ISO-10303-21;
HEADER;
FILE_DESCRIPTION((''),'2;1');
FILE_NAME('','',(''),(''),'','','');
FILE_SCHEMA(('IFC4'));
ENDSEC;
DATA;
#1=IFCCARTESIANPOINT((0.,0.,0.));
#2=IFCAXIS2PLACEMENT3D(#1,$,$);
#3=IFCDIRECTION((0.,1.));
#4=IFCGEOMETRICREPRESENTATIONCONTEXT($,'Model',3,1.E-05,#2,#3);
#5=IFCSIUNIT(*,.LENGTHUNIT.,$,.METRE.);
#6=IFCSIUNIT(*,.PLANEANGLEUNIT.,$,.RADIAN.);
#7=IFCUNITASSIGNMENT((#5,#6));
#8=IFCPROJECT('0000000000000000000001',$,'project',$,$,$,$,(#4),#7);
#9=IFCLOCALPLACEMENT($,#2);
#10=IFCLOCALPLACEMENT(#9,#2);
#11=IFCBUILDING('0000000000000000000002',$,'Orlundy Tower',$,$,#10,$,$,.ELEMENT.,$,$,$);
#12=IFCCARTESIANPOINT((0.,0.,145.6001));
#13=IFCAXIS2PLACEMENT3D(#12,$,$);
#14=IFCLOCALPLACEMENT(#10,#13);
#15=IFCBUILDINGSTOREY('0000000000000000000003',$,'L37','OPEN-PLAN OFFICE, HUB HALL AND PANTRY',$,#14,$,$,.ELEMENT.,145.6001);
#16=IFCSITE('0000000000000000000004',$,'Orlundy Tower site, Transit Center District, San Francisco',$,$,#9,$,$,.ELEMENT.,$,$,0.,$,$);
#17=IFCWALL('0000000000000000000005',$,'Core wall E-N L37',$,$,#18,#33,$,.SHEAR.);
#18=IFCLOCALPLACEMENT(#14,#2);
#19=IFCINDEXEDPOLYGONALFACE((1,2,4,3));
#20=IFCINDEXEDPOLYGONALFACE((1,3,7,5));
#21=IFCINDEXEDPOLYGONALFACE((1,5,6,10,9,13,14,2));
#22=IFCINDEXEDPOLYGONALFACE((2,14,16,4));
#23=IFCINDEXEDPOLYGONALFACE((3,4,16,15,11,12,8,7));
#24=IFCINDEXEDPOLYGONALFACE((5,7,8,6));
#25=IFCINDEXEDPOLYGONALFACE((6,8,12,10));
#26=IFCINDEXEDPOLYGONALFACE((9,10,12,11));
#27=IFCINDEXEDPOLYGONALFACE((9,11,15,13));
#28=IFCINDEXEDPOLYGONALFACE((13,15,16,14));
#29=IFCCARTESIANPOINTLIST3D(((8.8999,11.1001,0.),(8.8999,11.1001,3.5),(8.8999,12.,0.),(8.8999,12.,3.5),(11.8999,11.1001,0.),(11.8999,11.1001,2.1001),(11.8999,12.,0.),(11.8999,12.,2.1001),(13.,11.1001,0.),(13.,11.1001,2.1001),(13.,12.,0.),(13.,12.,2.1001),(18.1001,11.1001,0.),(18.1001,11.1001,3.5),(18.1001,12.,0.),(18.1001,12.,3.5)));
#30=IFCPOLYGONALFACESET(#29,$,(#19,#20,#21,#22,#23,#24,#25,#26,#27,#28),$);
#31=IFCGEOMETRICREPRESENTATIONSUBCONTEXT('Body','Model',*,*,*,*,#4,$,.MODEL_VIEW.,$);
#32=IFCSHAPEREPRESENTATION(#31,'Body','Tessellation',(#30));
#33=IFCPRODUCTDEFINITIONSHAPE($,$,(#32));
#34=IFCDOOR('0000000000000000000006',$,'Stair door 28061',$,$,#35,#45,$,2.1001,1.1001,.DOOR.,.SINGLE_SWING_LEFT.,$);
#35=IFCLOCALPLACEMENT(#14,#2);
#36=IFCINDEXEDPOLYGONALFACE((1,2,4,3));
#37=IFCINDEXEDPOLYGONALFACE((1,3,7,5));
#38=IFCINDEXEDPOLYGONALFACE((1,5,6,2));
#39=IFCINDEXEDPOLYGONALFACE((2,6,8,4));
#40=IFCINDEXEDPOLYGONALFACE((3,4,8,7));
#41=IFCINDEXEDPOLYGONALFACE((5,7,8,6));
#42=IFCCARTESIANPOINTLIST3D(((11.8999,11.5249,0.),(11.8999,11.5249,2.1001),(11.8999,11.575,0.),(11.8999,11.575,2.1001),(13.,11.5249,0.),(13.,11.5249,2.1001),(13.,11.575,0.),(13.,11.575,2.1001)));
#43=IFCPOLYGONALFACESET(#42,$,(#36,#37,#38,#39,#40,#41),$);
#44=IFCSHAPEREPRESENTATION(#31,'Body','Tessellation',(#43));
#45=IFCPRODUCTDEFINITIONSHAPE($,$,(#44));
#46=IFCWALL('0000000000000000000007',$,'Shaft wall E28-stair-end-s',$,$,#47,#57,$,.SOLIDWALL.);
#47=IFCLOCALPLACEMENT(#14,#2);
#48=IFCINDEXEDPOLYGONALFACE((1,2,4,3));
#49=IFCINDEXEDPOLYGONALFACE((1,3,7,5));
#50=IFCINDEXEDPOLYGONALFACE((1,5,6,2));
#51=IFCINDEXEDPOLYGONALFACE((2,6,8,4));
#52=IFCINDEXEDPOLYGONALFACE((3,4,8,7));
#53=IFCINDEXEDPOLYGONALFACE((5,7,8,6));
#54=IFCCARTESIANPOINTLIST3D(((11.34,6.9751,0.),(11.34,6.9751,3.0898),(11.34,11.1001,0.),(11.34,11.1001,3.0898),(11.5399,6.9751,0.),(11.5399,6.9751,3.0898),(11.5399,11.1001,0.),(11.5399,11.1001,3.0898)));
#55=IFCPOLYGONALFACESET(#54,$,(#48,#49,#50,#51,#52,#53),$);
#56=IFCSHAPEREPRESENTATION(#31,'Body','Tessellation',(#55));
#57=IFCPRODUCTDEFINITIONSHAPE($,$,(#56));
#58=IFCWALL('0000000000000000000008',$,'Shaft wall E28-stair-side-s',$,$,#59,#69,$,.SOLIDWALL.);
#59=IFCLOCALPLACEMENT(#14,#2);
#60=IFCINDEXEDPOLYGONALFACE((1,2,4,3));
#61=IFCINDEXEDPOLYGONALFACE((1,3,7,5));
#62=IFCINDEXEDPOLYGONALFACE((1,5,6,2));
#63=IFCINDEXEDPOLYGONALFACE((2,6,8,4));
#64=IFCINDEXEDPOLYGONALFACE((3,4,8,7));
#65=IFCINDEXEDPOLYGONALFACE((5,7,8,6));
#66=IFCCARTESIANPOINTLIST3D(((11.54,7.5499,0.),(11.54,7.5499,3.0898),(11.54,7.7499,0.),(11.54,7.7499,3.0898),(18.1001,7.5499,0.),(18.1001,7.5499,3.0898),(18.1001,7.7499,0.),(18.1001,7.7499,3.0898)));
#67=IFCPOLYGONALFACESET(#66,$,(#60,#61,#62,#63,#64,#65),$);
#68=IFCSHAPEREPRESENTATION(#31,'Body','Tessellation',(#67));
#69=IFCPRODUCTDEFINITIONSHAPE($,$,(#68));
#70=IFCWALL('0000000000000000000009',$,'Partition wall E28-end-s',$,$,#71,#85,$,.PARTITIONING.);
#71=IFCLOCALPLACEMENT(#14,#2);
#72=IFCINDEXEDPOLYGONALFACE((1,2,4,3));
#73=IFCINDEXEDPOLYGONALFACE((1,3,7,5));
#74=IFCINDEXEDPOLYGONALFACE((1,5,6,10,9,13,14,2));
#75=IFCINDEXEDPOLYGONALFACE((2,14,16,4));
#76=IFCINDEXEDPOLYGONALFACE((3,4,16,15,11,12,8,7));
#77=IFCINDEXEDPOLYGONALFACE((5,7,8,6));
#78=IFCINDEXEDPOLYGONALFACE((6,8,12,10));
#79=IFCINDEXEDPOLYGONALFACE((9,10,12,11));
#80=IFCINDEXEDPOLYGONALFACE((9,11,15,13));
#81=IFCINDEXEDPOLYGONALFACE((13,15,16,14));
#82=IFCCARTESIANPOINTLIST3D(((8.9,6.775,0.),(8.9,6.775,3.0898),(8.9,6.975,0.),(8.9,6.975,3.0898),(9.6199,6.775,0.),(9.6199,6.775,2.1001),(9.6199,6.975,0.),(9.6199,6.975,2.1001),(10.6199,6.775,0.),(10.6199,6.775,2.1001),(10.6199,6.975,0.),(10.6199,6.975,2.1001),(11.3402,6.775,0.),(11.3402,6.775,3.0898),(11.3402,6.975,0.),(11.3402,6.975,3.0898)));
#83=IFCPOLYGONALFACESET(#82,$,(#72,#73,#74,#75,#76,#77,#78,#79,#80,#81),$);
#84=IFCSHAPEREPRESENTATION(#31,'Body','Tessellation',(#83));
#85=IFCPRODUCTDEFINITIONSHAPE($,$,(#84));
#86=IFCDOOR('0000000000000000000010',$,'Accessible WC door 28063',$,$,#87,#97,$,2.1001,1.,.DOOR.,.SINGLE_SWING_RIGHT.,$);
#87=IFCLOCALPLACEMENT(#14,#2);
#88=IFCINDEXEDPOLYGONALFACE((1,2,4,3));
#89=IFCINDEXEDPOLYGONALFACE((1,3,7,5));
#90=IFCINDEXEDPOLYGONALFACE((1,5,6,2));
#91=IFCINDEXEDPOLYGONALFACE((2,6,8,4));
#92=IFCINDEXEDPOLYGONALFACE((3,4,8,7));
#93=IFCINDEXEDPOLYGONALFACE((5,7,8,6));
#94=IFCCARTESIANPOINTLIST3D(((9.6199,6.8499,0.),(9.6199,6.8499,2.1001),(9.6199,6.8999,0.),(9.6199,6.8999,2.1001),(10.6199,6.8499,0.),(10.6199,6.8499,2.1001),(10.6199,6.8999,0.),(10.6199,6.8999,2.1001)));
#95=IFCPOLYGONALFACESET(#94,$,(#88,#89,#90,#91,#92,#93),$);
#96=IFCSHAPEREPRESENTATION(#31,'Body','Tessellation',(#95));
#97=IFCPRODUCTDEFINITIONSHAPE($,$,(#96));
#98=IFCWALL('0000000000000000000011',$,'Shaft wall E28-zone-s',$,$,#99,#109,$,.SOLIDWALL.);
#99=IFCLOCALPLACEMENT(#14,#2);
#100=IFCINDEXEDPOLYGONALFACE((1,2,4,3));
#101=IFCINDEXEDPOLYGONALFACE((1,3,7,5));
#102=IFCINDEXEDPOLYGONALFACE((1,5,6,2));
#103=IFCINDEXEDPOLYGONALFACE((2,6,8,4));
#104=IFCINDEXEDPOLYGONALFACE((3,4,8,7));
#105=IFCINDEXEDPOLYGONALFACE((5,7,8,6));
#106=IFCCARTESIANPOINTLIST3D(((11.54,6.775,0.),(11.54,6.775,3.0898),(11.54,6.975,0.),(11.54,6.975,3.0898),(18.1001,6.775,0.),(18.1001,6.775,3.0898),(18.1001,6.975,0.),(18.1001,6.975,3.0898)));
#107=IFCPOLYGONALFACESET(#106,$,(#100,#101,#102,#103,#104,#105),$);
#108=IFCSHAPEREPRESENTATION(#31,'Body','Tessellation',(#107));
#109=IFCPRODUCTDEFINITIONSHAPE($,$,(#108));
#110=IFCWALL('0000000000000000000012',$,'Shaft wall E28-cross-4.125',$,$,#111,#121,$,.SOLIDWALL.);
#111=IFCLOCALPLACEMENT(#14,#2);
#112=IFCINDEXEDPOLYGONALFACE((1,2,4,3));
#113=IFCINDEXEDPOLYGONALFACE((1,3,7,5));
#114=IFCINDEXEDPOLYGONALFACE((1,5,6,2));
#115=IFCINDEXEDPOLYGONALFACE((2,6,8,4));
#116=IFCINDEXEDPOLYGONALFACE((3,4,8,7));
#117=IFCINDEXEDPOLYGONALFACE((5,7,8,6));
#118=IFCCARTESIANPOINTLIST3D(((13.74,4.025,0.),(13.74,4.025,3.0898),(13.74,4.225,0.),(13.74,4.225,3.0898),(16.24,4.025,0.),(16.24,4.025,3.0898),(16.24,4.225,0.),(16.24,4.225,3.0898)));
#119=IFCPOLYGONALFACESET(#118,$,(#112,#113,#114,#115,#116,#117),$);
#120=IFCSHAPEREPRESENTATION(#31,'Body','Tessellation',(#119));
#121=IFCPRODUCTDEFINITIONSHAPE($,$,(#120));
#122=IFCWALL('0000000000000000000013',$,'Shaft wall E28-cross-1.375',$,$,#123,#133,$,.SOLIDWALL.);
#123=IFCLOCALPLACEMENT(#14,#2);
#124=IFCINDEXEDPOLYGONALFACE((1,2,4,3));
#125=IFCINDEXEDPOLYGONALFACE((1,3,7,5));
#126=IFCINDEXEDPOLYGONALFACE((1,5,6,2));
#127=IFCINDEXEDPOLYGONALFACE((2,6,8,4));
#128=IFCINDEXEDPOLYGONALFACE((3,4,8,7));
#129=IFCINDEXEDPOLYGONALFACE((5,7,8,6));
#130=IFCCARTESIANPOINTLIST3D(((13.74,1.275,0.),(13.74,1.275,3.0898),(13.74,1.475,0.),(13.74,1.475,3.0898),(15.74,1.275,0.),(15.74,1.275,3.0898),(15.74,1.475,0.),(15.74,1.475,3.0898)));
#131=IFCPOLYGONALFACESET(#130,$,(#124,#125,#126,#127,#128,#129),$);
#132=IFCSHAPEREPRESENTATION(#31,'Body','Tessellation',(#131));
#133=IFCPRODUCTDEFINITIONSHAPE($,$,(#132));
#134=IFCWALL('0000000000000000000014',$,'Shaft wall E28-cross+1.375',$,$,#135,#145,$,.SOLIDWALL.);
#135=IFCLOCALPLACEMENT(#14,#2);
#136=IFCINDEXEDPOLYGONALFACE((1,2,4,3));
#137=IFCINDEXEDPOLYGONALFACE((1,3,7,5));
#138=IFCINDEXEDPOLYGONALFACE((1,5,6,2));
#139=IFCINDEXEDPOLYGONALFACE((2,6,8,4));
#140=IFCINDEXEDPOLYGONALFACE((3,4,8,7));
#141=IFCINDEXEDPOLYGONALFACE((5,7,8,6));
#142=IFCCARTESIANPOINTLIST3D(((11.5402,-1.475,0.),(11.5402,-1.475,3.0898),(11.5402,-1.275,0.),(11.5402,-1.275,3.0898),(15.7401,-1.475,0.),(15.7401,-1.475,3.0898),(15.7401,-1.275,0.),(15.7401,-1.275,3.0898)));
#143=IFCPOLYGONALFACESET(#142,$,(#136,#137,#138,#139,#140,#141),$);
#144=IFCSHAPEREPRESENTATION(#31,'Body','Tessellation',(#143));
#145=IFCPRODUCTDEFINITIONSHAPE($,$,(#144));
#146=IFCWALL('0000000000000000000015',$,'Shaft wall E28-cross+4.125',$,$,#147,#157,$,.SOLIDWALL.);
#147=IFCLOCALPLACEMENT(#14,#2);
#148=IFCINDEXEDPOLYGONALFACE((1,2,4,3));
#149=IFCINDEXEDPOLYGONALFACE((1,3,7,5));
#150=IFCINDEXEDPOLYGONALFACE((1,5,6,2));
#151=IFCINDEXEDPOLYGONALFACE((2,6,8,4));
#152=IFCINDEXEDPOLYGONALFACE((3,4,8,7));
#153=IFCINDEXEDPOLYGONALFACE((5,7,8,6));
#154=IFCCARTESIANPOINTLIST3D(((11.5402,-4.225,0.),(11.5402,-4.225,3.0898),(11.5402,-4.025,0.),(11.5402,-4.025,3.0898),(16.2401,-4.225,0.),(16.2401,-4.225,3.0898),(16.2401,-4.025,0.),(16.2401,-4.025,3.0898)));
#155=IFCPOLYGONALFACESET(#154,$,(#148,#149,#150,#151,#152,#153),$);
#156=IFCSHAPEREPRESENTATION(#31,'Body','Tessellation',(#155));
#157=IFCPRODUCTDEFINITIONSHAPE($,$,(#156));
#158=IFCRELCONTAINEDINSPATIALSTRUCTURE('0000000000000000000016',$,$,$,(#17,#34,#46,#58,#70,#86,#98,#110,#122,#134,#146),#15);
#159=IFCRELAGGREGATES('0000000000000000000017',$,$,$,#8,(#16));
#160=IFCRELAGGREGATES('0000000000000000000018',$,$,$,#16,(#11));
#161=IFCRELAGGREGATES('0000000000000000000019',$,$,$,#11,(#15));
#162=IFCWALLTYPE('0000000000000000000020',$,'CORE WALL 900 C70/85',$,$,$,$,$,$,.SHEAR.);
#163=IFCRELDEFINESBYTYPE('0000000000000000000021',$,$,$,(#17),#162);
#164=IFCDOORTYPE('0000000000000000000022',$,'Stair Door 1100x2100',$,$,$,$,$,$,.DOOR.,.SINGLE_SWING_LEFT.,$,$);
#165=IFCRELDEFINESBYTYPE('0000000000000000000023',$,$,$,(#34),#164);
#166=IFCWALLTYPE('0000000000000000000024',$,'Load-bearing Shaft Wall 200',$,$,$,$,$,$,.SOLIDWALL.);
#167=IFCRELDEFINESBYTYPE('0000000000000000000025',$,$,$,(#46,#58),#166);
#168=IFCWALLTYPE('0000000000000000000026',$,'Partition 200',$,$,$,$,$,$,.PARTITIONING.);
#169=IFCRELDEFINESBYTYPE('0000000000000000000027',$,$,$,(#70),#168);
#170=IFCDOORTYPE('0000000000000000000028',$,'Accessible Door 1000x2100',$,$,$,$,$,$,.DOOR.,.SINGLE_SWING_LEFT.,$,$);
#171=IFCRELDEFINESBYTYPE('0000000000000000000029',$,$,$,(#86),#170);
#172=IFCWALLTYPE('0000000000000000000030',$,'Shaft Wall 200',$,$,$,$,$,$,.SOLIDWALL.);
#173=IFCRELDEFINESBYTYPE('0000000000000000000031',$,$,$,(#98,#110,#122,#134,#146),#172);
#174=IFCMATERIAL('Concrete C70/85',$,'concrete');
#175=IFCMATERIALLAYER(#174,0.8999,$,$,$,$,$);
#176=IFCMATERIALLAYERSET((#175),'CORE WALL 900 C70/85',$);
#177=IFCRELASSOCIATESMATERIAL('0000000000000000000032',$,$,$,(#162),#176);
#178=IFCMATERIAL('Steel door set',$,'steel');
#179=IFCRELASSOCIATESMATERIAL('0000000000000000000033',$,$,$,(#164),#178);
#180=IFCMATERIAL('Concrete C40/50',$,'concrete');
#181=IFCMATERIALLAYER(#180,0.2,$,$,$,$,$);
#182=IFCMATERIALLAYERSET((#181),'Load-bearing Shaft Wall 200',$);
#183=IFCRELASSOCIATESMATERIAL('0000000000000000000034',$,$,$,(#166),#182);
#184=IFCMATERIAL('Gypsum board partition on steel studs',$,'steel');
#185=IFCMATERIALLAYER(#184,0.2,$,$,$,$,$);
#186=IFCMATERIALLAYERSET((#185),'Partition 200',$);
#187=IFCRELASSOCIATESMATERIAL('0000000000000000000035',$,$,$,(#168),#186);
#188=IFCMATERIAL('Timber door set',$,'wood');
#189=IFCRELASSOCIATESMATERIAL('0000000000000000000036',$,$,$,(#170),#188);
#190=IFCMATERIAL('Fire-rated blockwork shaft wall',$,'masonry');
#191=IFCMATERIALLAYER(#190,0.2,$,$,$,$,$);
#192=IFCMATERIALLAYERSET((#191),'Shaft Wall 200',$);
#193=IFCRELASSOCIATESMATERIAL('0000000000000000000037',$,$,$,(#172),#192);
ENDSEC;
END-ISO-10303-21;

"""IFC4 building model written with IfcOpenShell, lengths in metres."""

from ifc_helpers import new_model, si_unit, direction, frame, frame_2d, origin, place, context, subcontext, project, spatial, rectangle, extrude, material, layer, layer_set, type_object, element, fill, save


model = new_model("IFC4")

# Units and contexts
model_context = context("Model", 3, precision=1e-05, world=origin(), true_north=direction((0.0, 1.0)))
body_context = subcontext(model_context, "Body", "Model", "MODEL_VIEW")
ifc_project = project(units=[si_unit("LENGTHUNIT", "METRE"), si_unit("PLANEANGLEUNIT", "RADIAN")], contexts=[model_context])

# Site, building, storey
site_placement = place(None, origin())
site = spatial("IfcSite", under=ifc_project, at=site_placement, Name="Orlundy Tower site, Transit Center District, San Francisco", CompositionType="ELEMENT", RefElevation=0.0)
building_placement = place(site_placement, origin())
building = spatial("IfcBuilding", under=site, at=building_placement, Name="Orlundy Tower", CompositionType="ELEMENT")
storey_placement = place(building_placement, frame((0.0, 0.0, 145.6001)))
storey = spatial("IfcBuildingStorey", under=building, at=storey_placement, Name="L37", Description="OPEN-PLAN OFFICE, HUB HALL AND PANTRY", CompositionType="ELEMENT", Elevation=145.6001)

# Wall, opening, door
ifc_material_1 = material(Name="Concrete C70/85", Category="concrete")
ifc_layer_1 = layer(ifc_material_1, 0.8999)
ifc_layer_set_1 = layer_set([ifc_layer_1], Name="CORE WALL 900 C70/85")
wall_type_1 = type_object("IfcWallType", Name="CORE WALL 900 C70/85", PredefinedType="SHEAR", material=ifc_layer_set_1)
wall_1_placement = place(storey_placement, frame((8.8999, 11.55, 0.0), z_axis=(0.0, 0.0, 1.0), x_axis=(1.0, 0.0, 0.0)))
wall_1 = element("IfcWall", 1, at=wall_1_placement, inside=storey, type_object=wall_type_1, Name="Core wall E-N L37", PredefinedType="SHEAR", context=body_context, shape_type="SweptSolid", body=[
    extrude(rectangle(XDim=9.2002, YDim=0.8999, at=frame_2d((4.6001, 0.0))), origin(), (0.0, 0.0, 1.0), 3.5),
])
opening_1_placement = place(wall_1_placement, frame((3.0, 0.0, 0.0)))
opening_1 = element("IfcOpeningElement", 2, at=opening_1_placement, cuts=wall_1, PredefinedType="OPENING", context=body_context, shape_type="SweptSolid", body=[
    extrude(rectangle(XDim=1.1001, YDim=2.1001, at=frame_2d((0.55, 1.05))), frame((0.0, 0.46, 0.0), z_axis=(0.0, -1.0, 0.0), x_axis=(1.0, 0.0, 0.0)), (0.0, 0.0, 1.0), 0.9199),
])
ifc_material_2 = material(Name="Steel door set", Category="steel")
door_type_1 = type_object("IfcDoorType", Name="Stair Door 1100x2100", OperationType="SINGLE_SWING_LEFT", PredefinedType="DOOR", material=ifc_material_2)
door_1_placement = place(opening_1_placement, origin())
door_1 = element("IfcDoor", 3, at=door_1_placement, inside=storey, type_object=door_type_1, Name="Stair door 28061", OperationType="SINGLE_SWING_LEFT", OverallHeight=2.1001, OverallWidth=1.1001, PredefinedType="DOOR", context=body_context, shape_type="SweptSolid", body=[
    extrude(rectangle(XDim=1.1001, YDim=2.1001, at=frame_2d((0.55, 1.05))), frame((0.0, 0.0249, 0.0), z_axis=(0.0, -1.0, 0.0), x_axis=(1.0, 0.0, 0.0)), (0.0, 0.0, 1.0), 0.05),
])
fill(opening_1, door_1)

# Walls
ifc_material_3 = material(Name="Concrete C40/50", Category="concrete")
ifc_layer_2 = layer(ifc_material_3, 0.2)
ifc_layer_set_2 = layer_set([ifc_layer_2], Name="Load-bearing Shaft Wall 200")
wall_type_2 = type_object("IfcWallType", Name="Load-bearing Shaft Wall 200", PredefinedType="SOLIDWALL", material=ifc_layer_set_2)
wall_2_placement = place(storey_placement, frame((11.4399, 11.1001, 0.0), z_axis=(0.0, 0.0, 1.0), x_axis=(0.0, -1.0, 0.0)))
element("IfcWall", 4, at=wall_2_placement, inside=storey, type_object=wall_type_2, Name="Shaft wall E28-stair-end-s", PredefinedType="SOLIDWALL", context=body_context, shape_type="SweptSolid", body=[
    extrude(rectangle(XDim=4.125, YDim=0.2, at=frame_2d((2.0625, 0.0))), origin(), (0.0, 0.0, 1.0), 3.0898),
])
wall_3_placement = place(storey_placement, frame((11.54, 7.6499, 0.0), z_axis=(0.0, 0.0, 1.0), x_axis=(1.0, 0.0, 0.0)))
element("IfcWall", 5, at=wall_3_placement, inside=storey, type_object=wall_type_2, Name="Shaft wall E28-stair-side-s", PredefinedType="SOLIDWALL", context=body_context, shape_type="SweptSolid", body=[
    extrude(rectangle(XDim=6.5601, YDim=0.2, at=frame_2d((3.28, 0.0))), origin(), (0.0, 0.0, 1.0), 3.0898),
])

# Wall, opening, door
ifc_material_4 = material(Name="Gypsum board partition on steel studs", Category="steel")
ifc_layer_3 = layer(ifc_material_4, 0.2)
ifc_layer_set_3 = layer_set([ifc_layer_3], Name="Partition 200")
wall_type_3 = type_object("IfcWallType", Name="Partition 200", PredefinedType="PARTITIONING", material=ifc_layer_set_3)
wall_4_placement = place(storey_placement, frame((8.8999, 6.875, 0.0), z_axis=(0.0, 0.0, 1.0), x_axis=(1.0, 0.0, 0.0)))
wall_4 = element("IfcWall", 6, at=wall_4_placement, inside=storey, type_object=wall_type_3, Name="Partition wall E28-end-s", PredefinedType="PARTITIONING", context=body_context, shape_type="SweptSolid", body=[
    extrude(rectangle(XDim=2.4402, YDim=0.2, at=frame_2d((1.2202, 0.0))), origin(), (0.0, 0.0, 1.0), 3.0898),
])
opening_2_placement = place(wall_4_placement, frame((0.72, 0.0, 0.0)))
opening_2 = element("IfcOpeningElement", 7, at=opening_2_placement, cuts=wall_4, PredefinedType="OPENING", context=body_context, shape_type="SweptSolid", body=[
    extrude(rectangle(XDim=1.0, YDim=2.1001, at=frame_2d((0.5, 1.05))), frame((0.0, 0.1101, 0.0), z_axis=(0.0, -1.0, 0.0), x_axis=(1.0, 0.0, 0.0)), (0.0, 0.0, 1.0), 0.2202),
])
ifc_material_5 = material(Name="Timber door set", Category="wood")
door_type_2 = type_object("IfcDoorType", Name="Accessible Door 1000x2100", OperationType="SINGLE_SWING_LEFT", PredefinedType="DOOR", material=ifc_material_5)
door_2_placement = place(opening_2_placement, origin())
door_2 = element("IfcDoor", 8, at=door_2_placement, inside=storey, type_object=door_type_2, Name="Accessible WC door 28063", OperationType="SINGLE_SWING_RIGHT", OverallHeight=2.1001, OverallWidth=1.0, PredefinedType="DOOR", context=body_context, shape_type="SweptSolid", body=[
    extrude(rectangle(XDim=1.0, YDim=2.1001, at=frame_2d((0.5, 1.05))), frame((0.0, 0.0249, 0.0), z_axis=(0.0, -1.0, 0.0), x_axis=(1.0, 0.0, 0.0)), (0.0, 0.0, 1.0), 0.05),
])
fill(opening_2, door_2)

# Walls
ifc_material_6 = material(Name="Fire-rated blockwork shaft wall", Category="masonry")
ifc_layer_4 = layer(ifc_material_6, 0.2)
ifc_layer_set_4 = layer_set([ifc_layer_4], Name="Shaft Wall 200")
wall_type_4 = type_object("IfcWallType", Name="Shaft Wall 200", PredefinedType="SOLIDWALL", material=ifc_layer_set_4)
wall_5_placement = place(storey_placement, frame((11.54, 6.875, 0.0), z_axis=(0.0, 0.0, 1.0), x_axis=(1.0, 0.0, 0.0)))
element("IfcWall", 9, at=wall_5_placement, inside=storey, type_object=wall_type_4, Name="Shaft wall E28-zone-s", PredefinedType="SOLIDWALL", context=body_context, shape_type="SweptSolid", body=[
    extrude(rectangle(XDim=6.5601, YDim=0.2, at=frame_2d((3.28, 0.0))), origin(), (0.0, 0.0, 1.0), 3.0898),
])
wall_6_placement = place(storey_placement, frame((13.74, 4.125, 0.0), z_axis=(0.0, 0.0, 1.0), x_axis=(1.0, 0.0, 0.0)))
element("IfcWall", 10, at=wall_6_placement, inside=storey, type_object=wall_type_4, Name="Shaft wall E28-cross-4.125", PredefinedType="SOLIDWALL", context=body_context, shape_type="SweptSolid", body=[
    extrude(rectangle(XDim=2.5, YDim=0.2, at=frame_2d((1.25, 0.0))), origin(), (0.0, 0.0, 1.0), 3.0898),
])
wall_7_placement = place(storey_placement, frame((13.74, 1.375, 0.0), z_axis=(0.0, 0.0, 1.0), x_axis=(1.0, 0.0, 0.0)))
element("IfcWall", 11, at=wall_7_placement, inside=storey, type_object=wall_type_4, Name="Shaft wall E28-cross-1.375", PredefinedType="SOLIDWALL", context=body_context, shape_type="SweptSolid", body=[
    extrude(rectangle(XDim=2.0, YDim=0.2, at=frame_2d((1.0, 0.0))), origin(), (0.0, 0.0, 1.0), 3.0898),
])
wall_8_placement = place(storey_placement, frame((11.54, -1.375, 0.0), z_axis=(0.0, 0.0, 1.0), x_axis=(1.0, 0.0, 0.0)))
element("IfcWall", 12, at=wall_8_placement, inside=storey, type_object=wall_type_4, Name="Shaft wall E28-cross+1.375", PredefinedType="SOLIDWALL", context=body_context, shape_type="SweptSolid", body=[
    extrude(rectangle(XDim=4.2, YDim=0.2, at=frame_2d((2.1001, 0.0))), origin(), (0.0, 0.0, 1.0), 3.0898),
])
wall_9_placement = place(storey_placement, frame((11.54, -4.125, 0.0), z_axis=(0.0, 0.0, 1.0), x_axis=(1.0, 0.0, 0.0)))
element("IfcWall", 13, at=wall_9_placement, inside=storey, type_object=wall_type_4, Name="Shaft wall E28-cross+4.125", PredefinedType="SOLIDWALL", context=body_context, shape_type="SweptSolid", body=[
    extrude(rectangle(XDim=4.7, YDim=0.2, at=frame_2d((2.3501, 0.0))), origin(), (0.0, 0.0, 1.0), 3.0898),
])

save(model, "model.ifc")
